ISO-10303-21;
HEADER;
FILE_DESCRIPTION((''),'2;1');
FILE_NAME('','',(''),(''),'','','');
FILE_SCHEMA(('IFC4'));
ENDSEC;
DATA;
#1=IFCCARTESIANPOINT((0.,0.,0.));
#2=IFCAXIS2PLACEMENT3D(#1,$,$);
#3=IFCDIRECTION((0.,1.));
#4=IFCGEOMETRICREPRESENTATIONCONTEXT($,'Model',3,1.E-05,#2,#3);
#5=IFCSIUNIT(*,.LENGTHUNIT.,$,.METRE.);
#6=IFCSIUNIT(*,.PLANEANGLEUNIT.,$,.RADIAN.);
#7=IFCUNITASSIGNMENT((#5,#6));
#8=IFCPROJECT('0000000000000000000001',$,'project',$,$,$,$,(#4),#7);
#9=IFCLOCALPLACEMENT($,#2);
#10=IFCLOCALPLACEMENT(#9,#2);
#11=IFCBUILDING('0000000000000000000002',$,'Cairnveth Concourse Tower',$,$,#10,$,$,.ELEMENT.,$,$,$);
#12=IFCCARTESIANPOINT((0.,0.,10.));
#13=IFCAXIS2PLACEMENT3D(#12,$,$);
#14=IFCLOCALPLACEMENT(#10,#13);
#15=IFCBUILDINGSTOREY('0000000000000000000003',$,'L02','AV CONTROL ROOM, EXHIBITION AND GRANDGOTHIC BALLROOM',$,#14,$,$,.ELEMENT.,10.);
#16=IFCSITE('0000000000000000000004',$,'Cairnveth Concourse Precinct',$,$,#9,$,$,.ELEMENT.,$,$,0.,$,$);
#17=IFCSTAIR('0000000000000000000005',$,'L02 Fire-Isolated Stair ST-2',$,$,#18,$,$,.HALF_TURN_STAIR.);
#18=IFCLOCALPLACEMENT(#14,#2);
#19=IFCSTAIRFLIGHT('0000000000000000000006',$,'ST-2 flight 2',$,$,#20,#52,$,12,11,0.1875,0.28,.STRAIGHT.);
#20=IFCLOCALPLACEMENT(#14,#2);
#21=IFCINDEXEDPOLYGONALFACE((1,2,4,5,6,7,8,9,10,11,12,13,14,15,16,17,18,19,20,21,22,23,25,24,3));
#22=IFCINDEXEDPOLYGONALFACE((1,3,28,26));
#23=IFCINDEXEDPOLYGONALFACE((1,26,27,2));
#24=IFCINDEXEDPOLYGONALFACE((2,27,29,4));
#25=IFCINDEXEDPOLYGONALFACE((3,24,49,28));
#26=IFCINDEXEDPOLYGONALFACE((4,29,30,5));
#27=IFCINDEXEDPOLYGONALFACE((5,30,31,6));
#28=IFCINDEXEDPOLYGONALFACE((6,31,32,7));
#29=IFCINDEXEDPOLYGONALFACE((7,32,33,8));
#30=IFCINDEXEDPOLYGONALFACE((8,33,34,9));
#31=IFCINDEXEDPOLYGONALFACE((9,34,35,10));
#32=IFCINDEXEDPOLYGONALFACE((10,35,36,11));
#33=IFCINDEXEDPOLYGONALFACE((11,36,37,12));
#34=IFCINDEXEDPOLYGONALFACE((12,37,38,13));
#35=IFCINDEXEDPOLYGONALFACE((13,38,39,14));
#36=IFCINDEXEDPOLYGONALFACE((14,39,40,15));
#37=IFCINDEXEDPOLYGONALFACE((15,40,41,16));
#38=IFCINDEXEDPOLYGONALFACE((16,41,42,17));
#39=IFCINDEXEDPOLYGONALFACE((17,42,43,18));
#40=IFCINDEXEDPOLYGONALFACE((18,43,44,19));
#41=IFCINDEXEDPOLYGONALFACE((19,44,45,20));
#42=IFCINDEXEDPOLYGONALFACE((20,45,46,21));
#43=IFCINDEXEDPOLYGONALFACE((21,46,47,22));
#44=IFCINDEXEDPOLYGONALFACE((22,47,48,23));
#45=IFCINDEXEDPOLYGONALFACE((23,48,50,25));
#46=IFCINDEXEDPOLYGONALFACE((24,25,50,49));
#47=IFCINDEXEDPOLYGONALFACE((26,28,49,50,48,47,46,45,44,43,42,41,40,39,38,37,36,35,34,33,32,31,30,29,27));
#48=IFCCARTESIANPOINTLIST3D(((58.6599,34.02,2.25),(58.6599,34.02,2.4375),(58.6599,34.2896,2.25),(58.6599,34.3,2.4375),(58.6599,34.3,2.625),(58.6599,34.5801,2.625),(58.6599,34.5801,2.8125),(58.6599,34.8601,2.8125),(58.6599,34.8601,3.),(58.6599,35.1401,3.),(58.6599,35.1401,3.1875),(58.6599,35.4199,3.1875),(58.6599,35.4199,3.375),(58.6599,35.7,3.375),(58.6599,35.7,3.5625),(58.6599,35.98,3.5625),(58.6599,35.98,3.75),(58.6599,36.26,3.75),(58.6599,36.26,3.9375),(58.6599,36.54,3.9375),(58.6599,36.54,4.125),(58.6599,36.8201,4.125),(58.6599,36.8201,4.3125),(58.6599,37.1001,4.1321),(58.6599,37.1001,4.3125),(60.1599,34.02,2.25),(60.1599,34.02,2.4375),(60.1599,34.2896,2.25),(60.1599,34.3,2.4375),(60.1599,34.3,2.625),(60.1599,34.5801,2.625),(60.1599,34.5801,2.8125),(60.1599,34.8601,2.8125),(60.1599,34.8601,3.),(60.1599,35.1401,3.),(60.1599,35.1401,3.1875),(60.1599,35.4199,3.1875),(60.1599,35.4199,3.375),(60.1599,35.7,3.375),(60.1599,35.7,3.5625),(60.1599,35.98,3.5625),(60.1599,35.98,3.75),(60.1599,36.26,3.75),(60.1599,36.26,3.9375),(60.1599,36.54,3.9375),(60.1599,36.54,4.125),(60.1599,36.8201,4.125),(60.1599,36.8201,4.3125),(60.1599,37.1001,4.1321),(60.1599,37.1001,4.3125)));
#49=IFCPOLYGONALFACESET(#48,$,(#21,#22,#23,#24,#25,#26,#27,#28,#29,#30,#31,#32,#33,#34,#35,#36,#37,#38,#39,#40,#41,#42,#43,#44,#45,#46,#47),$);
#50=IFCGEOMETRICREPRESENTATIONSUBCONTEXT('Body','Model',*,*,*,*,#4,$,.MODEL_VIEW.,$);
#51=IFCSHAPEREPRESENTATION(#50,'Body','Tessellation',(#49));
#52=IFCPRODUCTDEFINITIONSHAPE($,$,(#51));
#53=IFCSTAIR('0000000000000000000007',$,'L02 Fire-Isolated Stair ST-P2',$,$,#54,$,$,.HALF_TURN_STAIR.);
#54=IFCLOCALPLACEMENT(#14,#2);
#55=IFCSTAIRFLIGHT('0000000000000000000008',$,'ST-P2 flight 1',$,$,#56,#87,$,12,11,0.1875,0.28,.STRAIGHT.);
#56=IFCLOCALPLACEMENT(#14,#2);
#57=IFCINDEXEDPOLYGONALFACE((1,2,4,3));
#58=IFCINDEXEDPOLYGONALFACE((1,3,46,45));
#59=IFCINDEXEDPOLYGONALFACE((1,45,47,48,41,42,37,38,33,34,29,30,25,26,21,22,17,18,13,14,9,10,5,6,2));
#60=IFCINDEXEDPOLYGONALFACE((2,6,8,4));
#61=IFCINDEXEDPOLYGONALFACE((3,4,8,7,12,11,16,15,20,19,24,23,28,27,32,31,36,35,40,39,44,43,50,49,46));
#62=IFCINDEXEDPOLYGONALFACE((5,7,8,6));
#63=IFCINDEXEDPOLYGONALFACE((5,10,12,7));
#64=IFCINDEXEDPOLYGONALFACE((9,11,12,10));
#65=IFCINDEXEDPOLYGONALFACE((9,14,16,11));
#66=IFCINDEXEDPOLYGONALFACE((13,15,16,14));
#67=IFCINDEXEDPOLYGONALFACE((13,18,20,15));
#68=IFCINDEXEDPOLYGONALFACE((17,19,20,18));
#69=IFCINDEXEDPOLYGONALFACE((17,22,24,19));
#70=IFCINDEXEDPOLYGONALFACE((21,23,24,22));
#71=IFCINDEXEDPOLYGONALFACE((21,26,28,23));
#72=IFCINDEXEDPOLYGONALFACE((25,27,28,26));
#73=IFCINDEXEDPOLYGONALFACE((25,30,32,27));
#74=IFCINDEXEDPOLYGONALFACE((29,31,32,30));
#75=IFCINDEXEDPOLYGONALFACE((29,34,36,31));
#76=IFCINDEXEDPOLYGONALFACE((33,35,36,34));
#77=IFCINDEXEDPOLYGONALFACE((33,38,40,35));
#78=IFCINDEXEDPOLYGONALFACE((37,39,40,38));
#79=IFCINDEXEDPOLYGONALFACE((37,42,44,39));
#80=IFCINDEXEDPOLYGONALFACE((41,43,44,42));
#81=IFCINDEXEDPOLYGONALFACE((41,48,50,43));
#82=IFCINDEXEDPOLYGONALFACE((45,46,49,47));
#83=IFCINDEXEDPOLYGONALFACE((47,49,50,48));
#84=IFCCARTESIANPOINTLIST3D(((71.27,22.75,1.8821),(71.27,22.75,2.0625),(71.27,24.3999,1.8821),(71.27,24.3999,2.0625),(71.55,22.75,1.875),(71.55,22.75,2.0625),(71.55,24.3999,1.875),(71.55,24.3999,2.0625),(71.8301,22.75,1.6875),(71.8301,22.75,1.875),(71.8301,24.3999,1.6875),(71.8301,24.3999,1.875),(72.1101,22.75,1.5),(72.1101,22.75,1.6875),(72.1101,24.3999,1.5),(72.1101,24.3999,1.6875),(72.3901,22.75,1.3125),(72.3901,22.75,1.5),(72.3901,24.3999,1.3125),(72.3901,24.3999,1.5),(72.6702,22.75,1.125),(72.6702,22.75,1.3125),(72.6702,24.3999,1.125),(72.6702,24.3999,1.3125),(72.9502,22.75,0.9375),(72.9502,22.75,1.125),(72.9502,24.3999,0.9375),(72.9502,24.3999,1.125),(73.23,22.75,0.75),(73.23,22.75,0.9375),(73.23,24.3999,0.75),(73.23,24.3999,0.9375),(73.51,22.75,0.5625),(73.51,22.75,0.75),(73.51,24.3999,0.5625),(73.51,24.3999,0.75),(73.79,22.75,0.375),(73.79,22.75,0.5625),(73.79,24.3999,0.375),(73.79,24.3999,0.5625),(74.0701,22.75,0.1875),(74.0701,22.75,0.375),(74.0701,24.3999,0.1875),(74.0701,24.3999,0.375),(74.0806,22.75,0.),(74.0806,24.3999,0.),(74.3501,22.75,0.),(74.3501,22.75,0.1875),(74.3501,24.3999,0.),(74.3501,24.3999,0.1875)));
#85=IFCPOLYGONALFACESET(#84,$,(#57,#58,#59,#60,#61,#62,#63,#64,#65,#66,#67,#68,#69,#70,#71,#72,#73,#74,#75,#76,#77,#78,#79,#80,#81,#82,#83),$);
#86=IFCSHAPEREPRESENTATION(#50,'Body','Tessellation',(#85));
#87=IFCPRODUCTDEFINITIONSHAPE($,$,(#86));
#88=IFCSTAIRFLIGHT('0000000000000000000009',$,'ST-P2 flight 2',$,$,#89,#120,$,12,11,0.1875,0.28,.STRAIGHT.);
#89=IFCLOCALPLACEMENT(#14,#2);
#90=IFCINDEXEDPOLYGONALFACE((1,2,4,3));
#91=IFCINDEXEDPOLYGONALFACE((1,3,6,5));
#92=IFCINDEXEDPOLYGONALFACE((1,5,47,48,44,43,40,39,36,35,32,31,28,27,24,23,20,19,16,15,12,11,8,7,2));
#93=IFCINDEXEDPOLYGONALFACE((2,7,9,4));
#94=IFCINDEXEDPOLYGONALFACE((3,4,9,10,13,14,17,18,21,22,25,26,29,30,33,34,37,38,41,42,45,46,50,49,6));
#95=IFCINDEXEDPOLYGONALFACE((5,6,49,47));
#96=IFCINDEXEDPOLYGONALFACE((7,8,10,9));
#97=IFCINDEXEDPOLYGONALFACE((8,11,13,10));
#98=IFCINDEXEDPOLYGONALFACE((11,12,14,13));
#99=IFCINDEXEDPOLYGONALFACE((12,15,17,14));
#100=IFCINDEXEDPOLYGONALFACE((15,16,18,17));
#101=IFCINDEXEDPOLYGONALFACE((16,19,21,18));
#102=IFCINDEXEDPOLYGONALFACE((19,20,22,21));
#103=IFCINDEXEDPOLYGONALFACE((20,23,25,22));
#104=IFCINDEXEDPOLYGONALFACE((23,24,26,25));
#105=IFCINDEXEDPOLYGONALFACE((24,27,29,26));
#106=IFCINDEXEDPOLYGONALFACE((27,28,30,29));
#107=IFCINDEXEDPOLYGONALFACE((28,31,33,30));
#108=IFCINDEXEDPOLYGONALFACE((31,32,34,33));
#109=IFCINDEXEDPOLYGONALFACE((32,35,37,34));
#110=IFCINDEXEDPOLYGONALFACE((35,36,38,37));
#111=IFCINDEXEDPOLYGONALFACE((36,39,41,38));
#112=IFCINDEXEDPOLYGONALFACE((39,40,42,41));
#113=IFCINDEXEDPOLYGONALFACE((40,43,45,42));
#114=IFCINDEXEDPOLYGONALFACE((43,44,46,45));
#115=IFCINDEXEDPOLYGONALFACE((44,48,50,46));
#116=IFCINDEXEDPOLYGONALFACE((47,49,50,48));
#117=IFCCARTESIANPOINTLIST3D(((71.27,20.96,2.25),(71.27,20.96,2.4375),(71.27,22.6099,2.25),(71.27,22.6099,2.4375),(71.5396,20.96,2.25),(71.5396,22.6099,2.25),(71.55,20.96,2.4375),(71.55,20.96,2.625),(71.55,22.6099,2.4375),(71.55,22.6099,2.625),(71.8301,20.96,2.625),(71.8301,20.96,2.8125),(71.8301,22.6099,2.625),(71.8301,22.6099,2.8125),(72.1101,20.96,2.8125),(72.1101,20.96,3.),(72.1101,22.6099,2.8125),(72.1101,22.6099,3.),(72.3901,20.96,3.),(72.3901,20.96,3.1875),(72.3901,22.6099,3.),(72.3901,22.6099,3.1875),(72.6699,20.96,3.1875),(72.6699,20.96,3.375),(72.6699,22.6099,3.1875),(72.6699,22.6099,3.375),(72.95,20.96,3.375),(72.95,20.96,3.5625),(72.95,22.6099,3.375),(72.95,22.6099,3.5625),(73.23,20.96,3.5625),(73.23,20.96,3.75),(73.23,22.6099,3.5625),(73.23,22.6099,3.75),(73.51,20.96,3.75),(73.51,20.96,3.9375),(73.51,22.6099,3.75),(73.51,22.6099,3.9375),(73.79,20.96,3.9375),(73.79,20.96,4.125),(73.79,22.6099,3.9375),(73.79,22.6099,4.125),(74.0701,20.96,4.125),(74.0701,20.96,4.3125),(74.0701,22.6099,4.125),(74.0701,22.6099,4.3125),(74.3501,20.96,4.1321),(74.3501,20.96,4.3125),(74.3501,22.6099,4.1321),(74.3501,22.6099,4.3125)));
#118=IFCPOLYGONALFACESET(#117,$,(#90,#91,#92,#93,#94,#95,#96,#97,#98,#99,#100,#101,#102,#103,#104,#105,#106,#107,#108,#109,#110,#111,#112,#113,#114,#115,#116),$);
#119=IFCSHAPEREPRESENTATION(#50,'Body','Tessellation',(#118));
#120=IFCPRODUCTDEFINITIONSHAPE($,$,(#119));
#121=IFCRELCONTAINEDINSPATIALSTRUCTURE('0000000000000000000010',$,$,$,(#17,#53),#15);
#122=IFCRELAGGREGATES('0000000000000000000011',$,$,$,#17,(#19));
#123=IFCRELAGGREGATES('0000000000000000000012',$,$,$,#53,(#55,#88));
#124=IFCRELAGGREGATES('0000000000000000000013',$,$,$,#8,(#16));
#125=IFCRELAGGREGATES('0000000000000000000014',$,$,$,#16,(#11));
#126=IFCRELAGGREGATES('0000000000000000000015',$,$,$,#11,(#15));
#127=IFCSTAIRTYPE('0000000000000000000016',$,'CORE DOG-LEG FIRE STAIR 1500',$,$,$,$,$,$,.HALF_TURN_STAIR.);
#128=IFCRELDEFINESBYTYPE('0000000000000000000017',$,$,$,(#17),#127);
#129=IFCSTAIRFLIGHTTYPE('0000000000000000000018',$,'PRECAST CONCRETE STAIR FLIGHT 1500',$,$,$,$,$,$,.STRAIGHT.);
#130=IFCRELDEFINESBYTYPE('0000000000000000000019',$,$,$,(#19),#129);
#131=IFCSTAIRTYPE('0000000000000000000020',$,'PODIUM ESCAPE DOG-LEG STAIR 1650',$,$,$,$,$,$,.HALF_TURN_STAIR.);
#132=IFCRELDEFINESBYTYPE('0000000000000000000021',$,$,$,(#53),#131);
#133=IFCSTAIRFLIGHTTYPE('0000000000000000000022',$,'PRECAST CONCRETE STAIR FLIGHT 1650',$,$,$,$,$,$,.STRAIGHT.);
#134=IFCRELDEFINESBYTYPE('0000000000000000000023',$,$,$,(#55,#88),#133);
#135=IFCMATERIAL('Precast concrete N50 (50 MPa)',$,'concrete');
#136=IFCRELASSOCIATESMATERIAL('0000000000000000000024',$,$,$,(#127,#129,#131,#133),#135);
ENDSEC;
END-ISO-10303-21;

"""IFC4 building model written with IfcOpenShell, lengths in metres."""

from ifc_helpers import new_model, si_unit, direction, frame, origin, place, context, subcontext, project, spatial, polyline, outline, extrude, material, type_object, element, aggregate, save


model = new_model("IFC4")

# Units and contexts
model_context = context("Model", 3, precision=1e-05, world=origin(), true_north=direction((0.0, 1.0)))
body_context = subcontext(model_context, "Body", "Model", "MODEL_VIEW")
ifc_project = project(units=[si_unit("LENGTHUNIT", "METRE"), si_unit("PLANEANGLEUNIT", "RADIAN")], contexts=[model_context])

# Site, building, storey
site_placement = place(None, origin())
site = spatial("IfcSite", under=ifc_project, at=site_placement, Name="Cairnveth Concourse Precinct", CompositionType="ELEMENT", RefElevation=0.0)
building_placement = place(site_placement, origin())
building = spatial("IfcBuilding", under=site, at=building_placement, Name="Cairnveth Concourse Tower", CompositionType="ELEMENT")
storey_placement = place(building_placement, frame((0.0, 0.0, 10.0)))
storey = spatial("IfcBuildingStorey", under=building, at=storey_placement, Name="L02", Description="AV CONTROL ROOM, EXHIBITION AND GRANDGOTHIC BALLROOM", CompositionType="ELEMENT", Elevation=10.0)

# Stair, stair flight
ifc_material_1 = material(Name="Precast concrete N50 (50 MPa)", Category="concrete")
stair_type_1 = type_object("IfcStairType", Name="CORE DOG-LEG FIRE STAIR 1500", PredefinedType="HALF_TURN_STAIR", material=ifc_material_1)
stair_1_placement = place(storey_placement, origin())
stair_1 = element("IfcStair", 1, at=stair_1_placement, inside=storey, type_object=stair_type_1, Name="L02 Fire-Isolated Stair ST-2", PredefinedType="HALF_TURN_STAIR")
stair_flight_type_1 = type_object("IfcStairFlightType", Name="PRECAST CONCRETE STAIR FLIGHT 1500", PredefinedType="STRAIGHT", material=ifc_material_1)
stair_flight_1_placement = place(storey_placement, frame((59.4099, 34.02, 2.25), z_axis=(0.0, 0.0, 1.0), x_axis=(0.0, 1.0, 0.0)))
stair_flight_1 = element("IfcStairFlight", 2, at=stair_flight_1_placement, type_object=stair_flight_type_1, Name="ST-2 flight 2", NumberOfRisers=12, NumberOfTreads=11, PredefinedType="STRAIGHT", RiserHeight=0.1875, TreadLength=0.28, context=body_context, shape_type="SweptSolid", body=[
    extrude(outline(polyline([(0.0, 0.0), (0.0, 0.1875), (0.28, 0.1875), (0.28, 0.375), (0.5601, 0.375), (0.5601, 0.5625), (0.8401, 0.5625), (0.8401, 0.75), (1.1201, 0.75), (1.1201, 0.9375), (1.3999, 0.9375), (1.3999, 1.125), (1.6799, 1.125), (1.6799, 1.3125), (1.96, 1.3125), (1.96, 1.5), (2.24, 1.5), (2.24, 1.6875), (2.52, 1.6875), (2.52, 1.875), (2.8, 1.875), (2.8, 2.0625), (3.0801, 2.0625), (3.0801, 2.25), (3.0801, 1.8821), (0.2695, 0.0), (0.0, 0.0)])), frame((0.0, 0.75, 0.0), z_axis=(0.0, -1.0, 0.0), x_axis=(1.0, 0.0, 0.0)), (0.0, 0.0, 1.0), 1.5),
])
aggregate(stair_1, [stair_flight_1])

# Stair, stair flights
stair_type_2 = type_object("IfcStairType", Name="PODIUM ESCAPE DOG-LEG STAIR 1650", PredefinedType="HALF_TURN_STAIR", material=ifc_material_1)
stair_2_placement = place(storey_placement, origin())
stair_2 = element("IfcStair", 3, at=stair_2_placement, inside=storey, type_object=stair_type_2, Name="L02 Fire-Isolated Stair ST-P2", PredefinedType="HALF_TURN_STAIR")
stair_flight_type_2 = type_object("IfcStairFlightType", Name="PRECAST CONCRETE STAIR FLIGHT 1650", PredefinedType="STRAIGHT", material=ifc_material_1)
stair_flight_2_placement = place(storey_placement, frame((74.3501, 23.575, 0.0), z_axis=(0.0, 0.0, 1.0), x_axis=(-1.0, 0.0, 0.0)))
stair_flight_2 = element("IfcStairFlight", 4, at=stair_flight_2_placement, type_object=stair_flight_type_2, Name="ST-P2 flight 1", NumberOfRisers=12, NumberOfTreads=11, PredefinedType="STRAIGHT", RiserHeight=0.1875, TreadLength=0.28, context=body_context, shape_type="SweptSolid", body=[
    extrude(outline(polyline([(0.0, 0.0), (0.0, 0.1875), (0.28, 0.1875), (0.28, 0.375), (0.5601, 0.375), (0.5601, 0.5625), (0.8401, 0.5625), (0.8401, 0.75), (1.1201, 0.75), (1.1201, 0.9375), (1.3999, 0.9375), (1.3999, 1.125), (1.6799, 1.125), (1.6799, 1.3125), (1.96, 1.3125), (1.96, 1.5), (2.24, 1.5), (2.24, 1.6875), (2.52, 1.6875), (2.52, 1.875), (2.8, 1.875), (2.8, 2.0625), (3.0801, 2.0625), (3.0801, 2.25), (3.0801, 1.8821), (0.2695, 0.0), (0.0, 0.0)])), frame((0.0, 0.825, 0.0), z_axis=(0.0, -1.0, 0.0), x_axis=(1.0, 0.0, 0.0)), (0.0, 0.0, 1.0), 1.6499),
])
stair_flight_3_placement = place(storey_placement, frame((71.27, 21.7849, 2.25), z_axis=(0.0, 0.0, 1.0), x_axis=(1.0, 0.0, 0.0)))
stair_flight_3 = element("IfcStairFlight", 5, at=stair_flight_3_placement, type_object=stair_flight_type_2, Name="ST-P2 flight 2", NumberOfRisers=12, NumberOfTreads=11, PredefinedType="STRAIGHT", RiserHeight=0.1875, TreadLength=0.28, context=body_context, shape_type="SweptSolid", body=[
    extrude(outline(polyline([(0.0, 0.0), (0.0, 0.1875), (0.28, 0.1875), (0.28, 0.375), (0.5601, 0.375), (0.5601, 0.5625), (0.8401, 0.5625), (0.8401, 0.75), (1.1201, 0.75), (1.1201, 0.9375), (1.3999, 0.9375), (1.3999, 1.125), (1.6799, 1.125), (1.6799, 1.3125), (1.96, 1.3125), (1.96, 1.5), (2.24, 1.5), (2.24, 1.6875), (2.52, 1.6875), (2.52, 1.875), (2.8, 1.875), (2.8, 2.0625), (3.0801, 2.0625), (3.0801, 2.25), (3.0801, 1.8821), (0.2695, 0.0), (0.0, 0.0)])), frame((0.0, 0.825, 0.0), z_axis=(0.0, -1.0, 0.0), x_axis=(1.0, 0.0, 0.0)), (0.0, 0.0, 1.0), 1.6499),
])
aggregate(stair_2, [stair_flight_2, stair_flight_3])

save(model, "model.ifc")
